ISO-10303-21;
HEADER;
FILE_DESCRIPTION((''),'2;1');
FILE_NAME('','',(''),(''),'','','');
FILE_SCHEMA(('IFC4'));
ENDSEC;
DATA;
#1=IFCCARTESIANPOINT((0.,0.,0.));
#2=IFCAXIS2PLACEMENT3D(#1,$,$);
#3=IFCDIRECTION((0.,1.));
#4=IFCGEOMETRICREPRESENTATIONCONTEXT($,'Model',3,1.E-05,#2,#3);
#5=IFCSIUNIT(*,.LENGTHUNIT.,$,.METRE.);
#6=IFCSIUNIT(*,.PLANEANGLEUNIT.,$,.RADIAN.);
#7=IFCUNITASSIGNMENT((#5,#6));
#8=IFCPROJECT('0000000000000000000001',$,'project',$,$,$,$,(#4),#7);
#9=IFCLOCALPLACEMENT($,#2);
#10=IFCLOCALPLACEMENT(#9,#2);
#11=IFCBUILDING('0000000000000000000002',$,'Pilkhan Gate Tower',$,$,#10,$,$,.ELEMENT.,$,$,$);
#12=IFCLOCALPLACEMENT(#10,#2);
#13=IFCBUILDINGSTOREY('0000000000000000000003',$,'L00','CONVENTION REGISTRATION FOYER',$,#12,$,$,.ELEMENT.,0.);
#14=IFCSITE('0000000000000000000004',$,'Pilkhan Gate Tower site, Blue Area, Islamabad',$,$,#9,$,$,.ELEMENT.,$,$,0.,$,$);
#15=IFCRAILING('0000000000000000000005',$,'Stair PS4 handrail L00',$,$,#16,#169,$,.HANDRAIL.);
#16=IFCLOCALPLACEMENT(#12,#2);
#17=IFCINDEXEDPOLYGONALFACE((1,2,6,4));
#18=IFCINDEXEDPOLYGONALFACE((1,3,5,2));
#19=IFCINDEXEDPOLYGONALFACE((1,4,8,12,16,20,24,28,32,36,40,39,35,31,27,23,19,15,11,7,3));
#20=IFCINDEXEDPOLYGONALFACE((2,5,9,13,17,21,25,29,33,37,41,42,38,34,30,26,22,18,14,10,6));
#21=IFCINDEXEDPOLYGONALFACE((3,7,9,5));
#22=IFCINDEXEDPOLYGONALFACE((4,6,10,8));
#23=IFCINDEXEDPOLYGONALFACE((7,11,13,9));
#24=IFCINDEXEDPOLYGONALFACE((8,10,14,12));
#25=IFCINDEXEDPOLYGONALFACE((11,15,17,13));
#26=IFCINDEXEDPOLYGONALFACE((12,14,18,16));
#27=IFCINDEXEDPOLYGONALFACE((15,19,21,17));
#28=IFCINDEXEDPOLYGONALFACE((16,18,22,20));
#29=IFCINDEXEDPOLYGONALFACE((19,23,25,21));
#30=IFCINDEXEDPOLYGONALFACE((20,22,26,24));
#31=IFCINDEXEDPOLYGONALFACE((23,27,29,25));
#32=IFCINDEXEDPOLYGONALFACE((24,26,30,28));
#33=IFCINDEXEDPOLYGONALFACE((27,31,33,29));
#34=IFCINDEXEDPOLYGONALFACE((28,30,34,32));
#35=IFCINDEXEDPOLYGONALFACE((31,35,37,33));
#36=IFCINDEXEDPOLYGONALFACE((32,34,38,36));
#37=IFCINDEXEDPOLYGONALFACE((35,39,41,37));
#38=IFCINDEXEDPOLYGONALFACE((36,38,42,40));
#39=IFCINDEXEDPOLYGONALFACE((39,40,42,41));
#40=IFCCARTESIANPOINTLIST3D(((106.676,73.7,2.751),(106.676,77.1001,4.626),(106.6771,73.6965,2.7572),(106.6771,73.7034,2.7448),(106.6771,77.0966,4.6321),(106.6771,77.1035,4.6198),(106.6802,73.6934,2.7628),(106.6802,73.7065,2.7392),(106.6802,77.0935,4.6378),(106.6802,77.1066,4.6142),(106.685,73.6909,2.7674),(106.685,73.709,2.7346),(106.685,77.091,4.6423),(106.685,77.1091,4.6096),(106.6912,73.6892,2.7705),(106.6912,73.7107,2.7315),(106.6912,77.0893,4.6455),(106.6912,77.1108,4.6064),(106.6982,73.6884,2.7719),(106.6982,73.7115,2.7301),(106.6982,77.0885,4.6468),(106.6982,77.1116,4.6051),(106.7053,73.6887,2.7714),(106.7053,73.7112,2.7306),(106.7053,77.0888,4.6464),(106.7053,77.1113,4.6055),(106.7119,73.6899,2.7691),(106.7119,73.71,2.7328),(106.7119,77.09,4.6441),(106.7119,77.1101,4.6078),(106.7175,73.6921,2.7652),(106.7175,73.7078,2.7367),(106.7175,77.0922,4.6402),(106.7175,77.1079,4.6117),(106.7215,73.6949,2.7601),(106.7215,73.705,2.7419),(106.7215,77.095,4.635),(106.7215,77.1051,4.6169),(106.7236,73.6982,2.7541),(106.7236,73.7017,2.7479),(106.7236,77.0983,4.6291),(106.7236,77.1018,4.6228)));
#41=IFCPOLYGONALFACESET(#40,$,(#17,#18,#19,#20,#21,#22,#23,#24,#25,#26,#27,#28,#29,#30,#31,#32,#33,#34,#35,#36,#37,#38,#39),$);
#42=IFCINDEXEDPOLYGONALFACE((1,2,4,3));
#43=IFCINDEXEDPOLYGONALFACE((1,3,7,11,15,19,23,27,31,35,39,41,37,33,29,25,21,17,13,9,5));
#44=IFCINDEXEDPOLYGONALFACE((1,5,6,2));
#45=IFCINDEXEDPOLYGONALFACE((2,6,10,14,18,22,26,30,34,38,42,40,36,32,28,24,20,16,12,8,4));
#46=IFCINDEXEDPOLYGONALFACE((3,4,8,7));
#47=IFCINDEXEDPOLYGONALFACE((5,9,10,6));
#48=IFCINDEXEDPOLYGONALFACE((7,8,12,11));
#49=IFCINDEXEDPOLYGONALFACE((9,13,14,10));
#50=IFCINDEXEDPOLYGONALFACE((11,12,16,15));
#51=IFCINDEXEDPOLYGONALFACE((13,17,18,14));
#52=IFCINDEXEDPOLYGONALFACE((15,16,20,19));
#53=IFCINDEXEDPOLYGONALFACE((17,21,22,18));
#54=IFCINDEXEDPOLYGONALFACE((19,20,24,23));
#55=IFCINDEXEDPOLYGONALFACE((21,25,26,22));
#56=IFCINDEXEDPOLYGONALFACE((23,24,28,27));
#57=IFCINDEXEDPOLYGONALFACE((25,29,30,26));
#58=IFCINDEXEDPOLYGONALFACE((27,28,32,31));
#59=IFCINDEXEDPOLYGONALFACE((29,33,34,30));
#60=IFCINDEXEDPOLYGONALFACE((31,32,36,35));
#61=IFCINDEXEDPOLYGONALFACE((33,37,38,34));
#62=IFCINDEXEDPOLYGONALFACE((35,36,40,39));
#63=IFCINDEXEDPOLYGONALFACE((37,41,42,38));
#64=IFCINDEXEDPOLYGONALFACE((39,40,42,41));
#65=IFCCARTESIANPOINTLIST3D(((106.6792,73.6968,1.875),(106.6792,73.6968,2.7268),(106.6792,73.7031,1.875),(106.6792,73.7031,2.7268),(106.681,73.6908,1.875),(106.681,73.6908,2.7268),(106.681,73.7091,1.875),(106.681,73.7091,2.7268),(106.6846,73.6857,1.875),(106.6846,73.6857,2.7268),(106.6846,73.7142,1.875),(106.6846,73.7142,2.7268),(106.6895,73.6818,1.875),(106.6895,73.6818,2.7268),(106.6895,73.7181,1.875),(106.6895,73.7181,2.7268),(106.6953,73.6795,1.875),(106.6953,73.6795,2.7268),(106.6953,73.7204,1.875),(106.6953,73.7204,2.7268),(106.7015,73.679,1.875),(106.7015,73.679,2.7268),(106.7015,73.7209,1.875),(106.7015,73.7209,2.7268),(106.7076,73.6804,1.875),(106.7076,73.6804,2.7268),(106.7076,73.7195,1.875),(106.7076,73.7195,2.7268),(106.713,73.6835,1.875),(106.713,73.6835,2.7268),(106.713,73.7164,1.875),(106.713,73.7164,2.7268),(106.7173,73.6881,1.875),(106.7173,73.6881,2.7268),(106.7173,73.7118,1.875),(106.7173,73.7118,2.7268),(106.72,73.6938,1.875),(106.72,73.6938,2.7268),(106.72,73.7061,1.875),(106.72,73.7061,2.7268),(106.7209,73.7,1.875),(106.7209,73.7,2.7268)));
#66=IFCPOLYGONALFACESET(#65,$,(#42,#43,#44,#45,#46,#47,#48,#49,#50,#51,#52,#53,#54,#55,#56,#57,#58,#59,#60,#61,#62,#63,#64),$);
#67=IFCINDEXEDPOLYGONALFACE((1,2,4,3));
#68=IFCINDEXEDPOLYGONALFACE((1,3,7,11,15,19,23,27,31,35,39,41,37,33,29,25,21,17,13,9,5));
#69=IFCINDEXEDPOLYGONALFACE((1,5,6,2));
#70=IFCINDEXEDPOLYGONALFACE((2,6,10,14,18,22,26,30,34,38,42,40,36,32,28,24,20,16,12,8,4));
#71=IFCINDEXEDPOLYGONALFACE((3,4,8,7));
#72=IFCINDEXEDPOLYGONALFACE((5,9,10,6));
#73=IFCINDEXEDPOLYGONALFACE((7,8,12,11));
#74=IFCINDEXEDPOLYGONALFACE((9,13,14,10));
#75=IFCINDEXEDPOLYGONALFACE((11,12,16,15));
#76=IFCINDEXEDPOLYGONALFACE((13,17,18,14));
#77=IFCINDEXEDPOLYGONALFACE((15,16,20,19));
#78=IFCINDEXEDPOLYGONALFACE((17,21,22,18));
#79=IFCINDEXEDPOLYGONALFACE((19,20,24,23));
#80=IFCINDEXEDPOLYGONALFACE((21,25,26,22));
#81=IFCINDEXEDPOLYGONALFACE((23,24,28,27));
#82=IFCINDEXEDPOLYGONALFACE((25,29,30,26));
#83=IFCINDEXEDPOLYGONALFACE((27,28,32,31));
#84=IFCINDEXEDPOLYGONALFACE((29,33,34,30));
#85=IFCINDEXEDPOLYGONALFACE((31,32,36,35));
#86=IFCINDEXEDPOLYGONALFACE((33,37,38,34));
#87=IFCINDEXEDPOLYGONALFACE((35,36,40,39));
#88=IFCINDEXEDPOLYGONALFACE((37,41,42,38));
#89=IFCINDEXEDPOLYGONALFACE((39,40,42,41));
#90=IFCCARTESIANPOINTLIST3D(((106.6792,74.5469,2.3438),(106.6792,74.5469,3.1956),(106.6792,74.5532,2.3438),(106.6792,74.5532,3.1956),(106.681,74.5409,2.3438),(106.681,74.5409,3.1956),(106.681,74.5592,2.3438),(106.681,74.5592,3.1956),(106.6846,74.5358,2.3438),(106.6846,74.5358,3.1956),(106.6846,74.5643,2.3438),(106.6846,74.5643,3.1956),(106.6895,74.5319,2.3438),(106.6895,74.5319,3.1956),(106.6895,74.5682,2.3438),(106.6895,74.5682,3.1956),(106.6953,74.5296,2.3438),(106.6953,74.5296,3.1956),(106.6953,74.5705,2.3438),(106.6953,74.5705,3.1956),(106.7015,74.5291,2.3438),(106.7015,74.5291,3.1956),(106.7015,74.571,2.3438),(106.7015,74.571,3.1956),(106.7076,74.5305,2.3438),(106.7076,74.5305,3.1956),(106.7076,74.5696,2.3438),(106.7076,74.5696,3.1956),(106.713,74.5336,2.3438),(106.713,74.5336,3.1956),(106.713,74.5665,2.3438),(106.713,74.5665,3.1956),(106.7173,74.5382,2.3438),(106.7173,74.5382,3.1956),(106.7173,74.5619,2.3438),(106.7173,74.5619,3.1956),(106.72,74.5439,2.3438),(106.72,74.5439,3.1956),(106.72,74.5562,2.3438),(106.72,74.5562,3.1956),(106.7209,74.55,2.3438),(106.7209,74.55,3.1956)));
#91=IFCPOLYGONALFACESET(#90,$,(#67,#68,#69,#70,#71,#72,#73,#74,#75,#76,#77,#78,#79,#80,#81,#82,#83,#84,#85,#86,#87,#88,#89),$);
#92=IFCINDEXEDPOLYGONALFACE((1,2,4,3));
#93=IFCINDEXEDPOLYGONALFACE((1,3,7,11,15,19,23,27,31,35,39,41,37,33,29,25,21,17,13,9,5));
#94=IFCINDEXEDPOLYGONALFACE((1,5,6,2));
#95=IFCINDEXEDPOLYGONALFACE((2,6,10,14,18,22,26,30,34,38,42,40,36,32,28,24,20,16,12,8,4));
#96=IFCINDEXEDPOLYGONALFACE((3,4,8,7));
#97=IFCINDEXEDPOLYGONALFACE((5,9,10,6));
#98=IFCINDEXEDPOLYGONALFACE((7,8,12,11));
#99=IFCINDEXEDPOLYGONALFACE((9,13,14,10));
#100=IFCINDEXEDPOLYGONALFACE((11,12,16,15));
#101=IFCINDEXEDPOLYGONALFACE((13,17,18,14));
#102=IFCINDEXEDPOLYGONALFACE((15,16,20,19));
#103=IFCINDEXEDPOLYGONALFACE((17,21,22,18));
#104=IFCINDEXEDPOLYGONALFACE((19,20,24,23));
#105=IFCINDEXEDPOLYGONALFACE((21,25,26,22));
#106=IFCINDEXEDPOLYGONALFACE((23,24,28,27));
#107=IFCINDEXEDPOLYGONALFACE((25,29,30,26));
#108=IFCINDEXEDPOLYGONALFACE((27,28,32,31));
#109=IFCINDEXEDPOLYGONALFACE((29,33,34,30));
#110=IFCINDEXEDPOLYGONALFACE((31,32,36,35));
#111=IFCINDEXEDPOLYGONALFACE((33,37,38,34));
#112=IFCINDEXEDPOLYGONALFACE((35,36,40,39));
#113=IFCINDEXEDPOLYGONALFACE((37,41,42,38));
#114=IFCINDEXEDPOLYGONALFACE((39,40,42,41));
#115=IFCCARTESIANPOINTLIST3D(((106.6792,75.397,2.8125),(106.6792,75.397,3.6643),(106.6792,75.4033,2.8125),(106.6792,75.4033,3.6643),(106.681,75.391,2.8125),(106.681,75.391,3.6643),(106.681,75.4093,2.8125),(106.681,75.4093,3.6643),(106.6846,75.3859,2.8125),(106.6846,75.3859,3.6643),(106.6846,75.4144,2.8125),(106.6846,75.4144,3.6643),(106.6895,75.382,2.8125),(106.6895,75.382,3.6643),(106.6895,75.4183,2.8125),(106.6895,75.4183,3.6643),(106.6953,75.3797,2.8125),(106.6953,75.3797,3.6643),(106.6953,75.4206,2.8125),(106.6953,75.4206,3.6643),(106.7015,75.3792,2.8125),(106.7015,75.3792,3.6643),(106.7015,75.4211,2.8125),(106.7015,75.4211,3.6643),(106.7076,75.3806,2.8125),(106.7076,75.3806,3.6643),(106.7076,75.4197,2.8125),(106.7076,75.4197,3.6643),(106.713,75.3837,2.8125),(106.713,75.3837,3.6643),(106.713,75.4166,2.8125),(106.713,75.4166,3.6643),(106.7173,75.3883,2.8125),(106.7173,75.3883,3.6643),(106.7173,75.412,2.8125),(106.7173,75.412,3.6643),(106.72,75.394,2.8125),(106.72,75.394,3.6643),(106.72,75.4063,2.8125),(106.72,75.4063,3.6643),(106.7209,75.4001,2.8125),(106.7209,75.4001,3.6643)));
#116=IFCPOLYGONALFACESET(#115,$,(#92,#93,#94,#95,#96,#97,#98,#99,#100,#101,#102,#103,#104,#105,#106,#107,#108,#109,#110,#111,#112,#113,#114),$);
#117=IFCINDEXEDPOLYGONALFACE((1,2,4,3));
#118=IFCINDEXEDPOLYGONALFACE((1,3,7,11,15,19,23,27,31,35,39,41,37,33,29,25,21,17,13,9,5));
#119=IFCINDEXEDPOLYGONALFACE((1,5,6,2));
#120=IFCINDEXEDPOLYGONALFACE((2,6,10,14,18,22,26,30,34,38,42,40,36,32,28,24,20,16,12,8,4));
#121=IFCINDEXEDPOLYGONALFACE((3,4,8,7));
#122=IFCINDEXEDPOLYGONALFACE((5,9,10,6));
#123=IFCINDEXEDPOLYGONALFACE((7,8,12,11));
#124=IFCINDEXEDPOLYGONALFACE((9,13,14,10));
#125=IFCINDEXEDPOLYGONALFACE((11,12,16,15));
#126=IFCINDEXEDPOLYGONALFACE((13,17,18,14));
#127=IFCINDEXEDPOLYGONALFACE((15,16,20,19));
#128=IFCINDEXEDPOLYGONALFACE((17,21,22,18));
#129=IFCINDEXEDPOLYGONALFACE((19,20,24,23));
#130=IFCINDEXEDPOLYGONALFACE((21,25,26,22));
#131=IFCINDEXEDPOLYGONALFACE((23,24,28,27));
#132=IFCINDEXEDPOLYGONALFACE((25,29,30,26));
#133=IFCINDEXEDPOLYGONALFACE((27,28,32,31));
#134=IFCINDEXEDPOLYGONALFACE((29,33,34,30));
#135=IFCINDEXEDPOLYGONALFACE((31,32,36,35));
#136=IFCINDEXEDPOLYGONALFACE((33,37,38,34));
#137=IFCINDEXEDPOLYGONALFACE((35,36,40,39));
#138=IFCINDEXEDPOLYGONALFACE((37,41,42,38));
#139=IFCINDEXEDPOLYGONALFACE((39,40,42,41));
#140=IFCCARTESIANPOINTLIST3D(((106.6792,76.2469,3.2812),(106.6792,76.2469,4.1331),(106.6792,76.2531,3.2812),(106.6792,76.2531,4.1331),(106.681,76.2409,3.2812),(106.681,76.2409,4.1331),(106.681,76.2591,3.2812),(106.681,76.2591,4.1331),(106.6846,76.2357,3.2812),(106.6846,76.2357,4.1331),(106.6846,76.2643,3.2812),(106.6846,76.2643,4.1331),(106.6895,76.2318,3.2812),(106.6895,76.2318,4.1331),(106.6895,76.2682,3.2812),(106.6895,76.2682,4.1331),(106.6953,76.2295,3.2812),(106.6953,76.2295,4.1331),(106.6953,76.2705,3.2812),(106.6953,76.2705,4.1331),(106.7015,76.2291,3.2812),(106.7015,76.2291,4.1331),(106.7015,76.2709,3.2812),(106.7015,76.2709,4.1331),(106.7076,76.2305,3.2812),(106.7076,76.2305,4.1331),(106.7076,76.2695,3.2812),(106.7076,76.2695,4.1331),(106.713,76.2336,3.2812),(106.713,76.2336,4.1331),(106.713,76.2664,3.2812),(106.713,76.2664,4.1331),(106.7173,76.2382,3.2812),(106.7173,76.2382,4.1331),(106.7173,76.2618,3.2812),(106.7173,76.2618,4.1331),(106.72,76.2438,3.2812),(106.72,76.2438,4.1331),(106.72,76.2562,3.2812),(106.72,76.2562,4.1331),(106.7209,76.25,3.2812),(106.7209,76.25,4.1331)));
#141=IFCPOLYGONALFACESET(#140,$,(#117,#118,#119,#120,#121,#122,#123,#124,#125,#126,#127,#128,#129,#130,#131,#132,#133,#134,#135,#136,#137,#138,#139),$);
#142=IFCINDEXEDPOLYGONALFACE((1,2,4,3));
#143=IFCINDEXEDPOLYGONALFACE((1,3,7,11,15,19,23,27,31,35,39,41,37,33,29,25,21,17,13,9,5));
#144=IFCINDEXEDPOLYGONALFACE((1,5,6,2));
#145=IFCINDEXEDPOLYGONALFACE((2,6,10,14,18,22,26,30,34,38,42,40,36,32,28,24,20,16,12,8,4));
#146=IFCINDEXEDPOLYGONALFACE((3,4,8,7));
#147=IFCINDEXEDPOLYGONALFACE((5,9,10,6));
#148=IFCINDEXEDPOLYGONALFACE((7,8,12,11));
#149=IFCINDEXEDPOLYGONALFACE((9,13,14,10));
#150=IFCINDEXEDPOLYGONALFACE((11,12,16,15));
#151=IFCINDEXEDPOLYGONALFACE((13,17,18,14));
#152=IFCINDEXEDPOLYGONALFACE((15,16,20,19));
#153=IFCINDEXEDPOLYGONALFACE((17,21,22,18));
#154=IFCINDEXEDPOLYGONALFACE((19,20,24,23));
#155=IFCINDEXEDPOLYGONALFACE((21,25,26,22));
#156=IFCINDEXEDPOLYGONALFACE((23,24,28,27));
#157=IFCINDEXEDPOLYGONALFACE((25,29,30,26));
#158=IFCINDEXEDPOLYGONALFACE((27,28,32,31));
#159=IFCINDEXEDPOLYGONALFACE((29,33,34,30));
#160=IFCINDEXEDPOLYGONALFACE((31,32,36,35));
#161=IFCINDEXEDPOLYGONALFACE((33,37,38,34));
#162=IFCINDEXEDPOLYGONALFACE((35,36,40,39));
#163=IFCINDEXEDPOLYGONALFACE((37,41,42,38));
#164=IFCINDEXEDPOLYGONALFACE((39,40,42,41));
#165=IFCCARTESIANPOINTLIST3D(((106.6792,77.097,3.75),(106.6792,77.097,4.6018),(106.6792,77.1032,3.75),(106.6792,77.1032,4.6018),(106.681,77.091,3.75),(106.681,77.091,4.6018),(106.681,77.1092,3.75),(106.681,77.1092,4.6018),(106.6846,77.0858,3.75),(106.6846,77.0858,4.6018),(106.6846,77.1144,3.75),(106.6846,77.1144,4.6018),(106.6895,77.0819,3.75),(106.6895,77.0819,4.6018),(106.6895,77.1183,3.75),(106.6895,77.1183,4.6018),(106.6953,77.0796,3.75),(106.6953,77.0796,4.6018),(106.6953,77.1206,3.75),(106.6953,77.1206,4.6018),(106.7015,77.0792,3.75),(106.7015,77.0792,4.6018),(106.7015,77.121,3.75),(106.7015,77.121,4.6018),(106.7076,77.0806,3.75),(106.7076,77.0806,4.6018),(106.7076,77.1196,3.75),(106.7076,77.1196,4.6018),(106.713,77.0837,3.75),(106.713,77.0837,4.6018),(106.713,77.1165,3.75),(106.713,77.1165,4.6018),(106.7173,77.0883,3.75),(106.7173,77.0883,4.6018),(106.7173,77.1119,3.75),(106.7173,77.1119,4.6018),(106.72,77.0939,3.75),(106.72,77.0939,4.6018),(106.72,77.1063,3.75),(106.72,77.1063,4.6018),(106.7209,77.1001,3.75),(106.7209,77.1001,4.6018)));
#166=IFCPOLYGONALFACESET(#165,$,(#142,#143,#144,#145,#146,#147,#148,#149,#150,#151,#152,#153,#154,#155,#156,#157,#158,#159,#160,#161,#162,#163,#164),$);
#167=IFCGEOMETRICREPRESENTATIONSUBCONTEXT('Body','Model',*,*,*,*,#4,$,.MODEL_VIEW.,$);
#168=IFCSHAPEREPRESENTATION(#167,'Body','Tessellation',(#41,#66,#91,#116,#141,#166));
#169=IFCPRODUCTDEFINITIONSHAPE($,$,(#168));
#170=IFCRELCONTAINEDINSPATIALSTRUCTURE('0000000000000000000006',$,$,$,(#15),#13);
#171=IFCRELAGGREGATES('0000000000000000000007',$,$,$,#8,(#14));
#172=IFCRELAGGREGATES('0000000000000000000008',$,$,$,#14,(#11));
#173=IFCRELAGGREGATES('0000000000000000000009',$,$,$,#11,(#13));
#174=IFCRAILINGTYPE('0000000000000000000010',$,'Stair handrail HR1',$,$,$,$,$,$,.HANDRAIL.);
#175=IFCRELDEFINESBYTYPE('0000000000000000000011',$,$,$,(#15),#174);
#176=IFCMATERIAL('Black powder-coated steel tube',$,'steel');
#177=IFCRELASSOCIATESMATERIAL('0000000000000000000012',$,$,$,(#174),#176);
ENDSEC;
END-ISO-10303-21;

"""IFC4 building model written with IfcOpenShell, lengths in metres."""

from ifc_helpers import new_model, si_unit, direction, frame, origin, origin_2d, place, context, subcontext, project, spatial, circle, extrude, material, type_object, element, save


model = new_model("IFC4")

# Units and contexts
model_context = context("Model", 3, precision=1e-05, world=origin(), true_north=direction((0.0, 1.0)))
body_context = subcontext(model_context, "Body", "Model", "MODEL_VIEW")
ifc_project = project(units=[si_unit("LENGTHUNIT", "METRE"), si_unit("PLANEANGLEUNIT", "RADIAN")], contexts=[model_context])

# Site, building, storey
site_placement = place(None, origin())
site = spatial("IfcSite", under=ifc_project, at=site_placement, Name="Pilkhan Gate Tower site, Blue Area, Islamabad", CompositionType="ELEMENT", RefElevation=0.0)
building_placement = place(site_placement, origin())
building = spatial("IfcBuilding", under=site, at=building_placement, Name="Pilkhan Gate Tower", CompositionType="ELEMENT")
storey_placement = place(building_placement, origin())
storey = spatial("IfcBuildingStorey", under=building, at=storey_placement, Name="L00", Description="CONVENTION REGISTRATION FOYER", CompositionType="ELEMENT", Elevation=0.0)

# Railing
ifc_material_1 = material(Name="Black powder-coated steel tube", Category="steel")
railing_type = type_object("IfcRailingType", Name="Stair handrail HR1", PredefinedType="HANDRAIL", material=ifc_material_1)
for number, where, name in (
    (1, (106.7, 73.7, 1.875), "Stair PS4 handrail L00"),
):
    element("IfcRailing", number, at=place(storey_placement, frame(where)), inside=storey, type_object=railing_type, Name=name, PredefinedType="HANDRAIL", context=body_context, shape_type="SweptSolid", body=[
        extrude(circle(Radius=0.0239, at=origin_2d()), frame((0.0, 0.0, 0.876), z_axis=(0.0, 0.87568, 0.482891), x_axis=(-1.0, 0.0, 0.0)), (0.0, 0.0, 1.0), 3.8828),
        extrude(circle(Radius=0.021, at=origin_2d()), origin(), (0.0, 0.0, 1.0), 0.8518),
        extrude(circle(Radius=0.021, at=origin_2d()), frame((0.0, 0.8501, 0.4688)), (0.0, 0.0, 1.0), 0.8518),
        extrude(circle(Radius=0.021, at=origin_2d()), frame((0.0, 1.7002, 0.9375)), (0.0, 0.0, 1.0), 0.8518),
        extrude(circle(Radius=0.021, at=origin_2d()), frame((0.0, 2.55, 1.4062)), (0.0, 0.0, 1.0), 0.8518),
        extrude(circle(Radius=0.021, at=origin_2d()), frame((0.0, 3.4001, 1.875)), (0.0, 0.0, 1.0), 0.8518),
    ])

save(model, "model.ifc")
